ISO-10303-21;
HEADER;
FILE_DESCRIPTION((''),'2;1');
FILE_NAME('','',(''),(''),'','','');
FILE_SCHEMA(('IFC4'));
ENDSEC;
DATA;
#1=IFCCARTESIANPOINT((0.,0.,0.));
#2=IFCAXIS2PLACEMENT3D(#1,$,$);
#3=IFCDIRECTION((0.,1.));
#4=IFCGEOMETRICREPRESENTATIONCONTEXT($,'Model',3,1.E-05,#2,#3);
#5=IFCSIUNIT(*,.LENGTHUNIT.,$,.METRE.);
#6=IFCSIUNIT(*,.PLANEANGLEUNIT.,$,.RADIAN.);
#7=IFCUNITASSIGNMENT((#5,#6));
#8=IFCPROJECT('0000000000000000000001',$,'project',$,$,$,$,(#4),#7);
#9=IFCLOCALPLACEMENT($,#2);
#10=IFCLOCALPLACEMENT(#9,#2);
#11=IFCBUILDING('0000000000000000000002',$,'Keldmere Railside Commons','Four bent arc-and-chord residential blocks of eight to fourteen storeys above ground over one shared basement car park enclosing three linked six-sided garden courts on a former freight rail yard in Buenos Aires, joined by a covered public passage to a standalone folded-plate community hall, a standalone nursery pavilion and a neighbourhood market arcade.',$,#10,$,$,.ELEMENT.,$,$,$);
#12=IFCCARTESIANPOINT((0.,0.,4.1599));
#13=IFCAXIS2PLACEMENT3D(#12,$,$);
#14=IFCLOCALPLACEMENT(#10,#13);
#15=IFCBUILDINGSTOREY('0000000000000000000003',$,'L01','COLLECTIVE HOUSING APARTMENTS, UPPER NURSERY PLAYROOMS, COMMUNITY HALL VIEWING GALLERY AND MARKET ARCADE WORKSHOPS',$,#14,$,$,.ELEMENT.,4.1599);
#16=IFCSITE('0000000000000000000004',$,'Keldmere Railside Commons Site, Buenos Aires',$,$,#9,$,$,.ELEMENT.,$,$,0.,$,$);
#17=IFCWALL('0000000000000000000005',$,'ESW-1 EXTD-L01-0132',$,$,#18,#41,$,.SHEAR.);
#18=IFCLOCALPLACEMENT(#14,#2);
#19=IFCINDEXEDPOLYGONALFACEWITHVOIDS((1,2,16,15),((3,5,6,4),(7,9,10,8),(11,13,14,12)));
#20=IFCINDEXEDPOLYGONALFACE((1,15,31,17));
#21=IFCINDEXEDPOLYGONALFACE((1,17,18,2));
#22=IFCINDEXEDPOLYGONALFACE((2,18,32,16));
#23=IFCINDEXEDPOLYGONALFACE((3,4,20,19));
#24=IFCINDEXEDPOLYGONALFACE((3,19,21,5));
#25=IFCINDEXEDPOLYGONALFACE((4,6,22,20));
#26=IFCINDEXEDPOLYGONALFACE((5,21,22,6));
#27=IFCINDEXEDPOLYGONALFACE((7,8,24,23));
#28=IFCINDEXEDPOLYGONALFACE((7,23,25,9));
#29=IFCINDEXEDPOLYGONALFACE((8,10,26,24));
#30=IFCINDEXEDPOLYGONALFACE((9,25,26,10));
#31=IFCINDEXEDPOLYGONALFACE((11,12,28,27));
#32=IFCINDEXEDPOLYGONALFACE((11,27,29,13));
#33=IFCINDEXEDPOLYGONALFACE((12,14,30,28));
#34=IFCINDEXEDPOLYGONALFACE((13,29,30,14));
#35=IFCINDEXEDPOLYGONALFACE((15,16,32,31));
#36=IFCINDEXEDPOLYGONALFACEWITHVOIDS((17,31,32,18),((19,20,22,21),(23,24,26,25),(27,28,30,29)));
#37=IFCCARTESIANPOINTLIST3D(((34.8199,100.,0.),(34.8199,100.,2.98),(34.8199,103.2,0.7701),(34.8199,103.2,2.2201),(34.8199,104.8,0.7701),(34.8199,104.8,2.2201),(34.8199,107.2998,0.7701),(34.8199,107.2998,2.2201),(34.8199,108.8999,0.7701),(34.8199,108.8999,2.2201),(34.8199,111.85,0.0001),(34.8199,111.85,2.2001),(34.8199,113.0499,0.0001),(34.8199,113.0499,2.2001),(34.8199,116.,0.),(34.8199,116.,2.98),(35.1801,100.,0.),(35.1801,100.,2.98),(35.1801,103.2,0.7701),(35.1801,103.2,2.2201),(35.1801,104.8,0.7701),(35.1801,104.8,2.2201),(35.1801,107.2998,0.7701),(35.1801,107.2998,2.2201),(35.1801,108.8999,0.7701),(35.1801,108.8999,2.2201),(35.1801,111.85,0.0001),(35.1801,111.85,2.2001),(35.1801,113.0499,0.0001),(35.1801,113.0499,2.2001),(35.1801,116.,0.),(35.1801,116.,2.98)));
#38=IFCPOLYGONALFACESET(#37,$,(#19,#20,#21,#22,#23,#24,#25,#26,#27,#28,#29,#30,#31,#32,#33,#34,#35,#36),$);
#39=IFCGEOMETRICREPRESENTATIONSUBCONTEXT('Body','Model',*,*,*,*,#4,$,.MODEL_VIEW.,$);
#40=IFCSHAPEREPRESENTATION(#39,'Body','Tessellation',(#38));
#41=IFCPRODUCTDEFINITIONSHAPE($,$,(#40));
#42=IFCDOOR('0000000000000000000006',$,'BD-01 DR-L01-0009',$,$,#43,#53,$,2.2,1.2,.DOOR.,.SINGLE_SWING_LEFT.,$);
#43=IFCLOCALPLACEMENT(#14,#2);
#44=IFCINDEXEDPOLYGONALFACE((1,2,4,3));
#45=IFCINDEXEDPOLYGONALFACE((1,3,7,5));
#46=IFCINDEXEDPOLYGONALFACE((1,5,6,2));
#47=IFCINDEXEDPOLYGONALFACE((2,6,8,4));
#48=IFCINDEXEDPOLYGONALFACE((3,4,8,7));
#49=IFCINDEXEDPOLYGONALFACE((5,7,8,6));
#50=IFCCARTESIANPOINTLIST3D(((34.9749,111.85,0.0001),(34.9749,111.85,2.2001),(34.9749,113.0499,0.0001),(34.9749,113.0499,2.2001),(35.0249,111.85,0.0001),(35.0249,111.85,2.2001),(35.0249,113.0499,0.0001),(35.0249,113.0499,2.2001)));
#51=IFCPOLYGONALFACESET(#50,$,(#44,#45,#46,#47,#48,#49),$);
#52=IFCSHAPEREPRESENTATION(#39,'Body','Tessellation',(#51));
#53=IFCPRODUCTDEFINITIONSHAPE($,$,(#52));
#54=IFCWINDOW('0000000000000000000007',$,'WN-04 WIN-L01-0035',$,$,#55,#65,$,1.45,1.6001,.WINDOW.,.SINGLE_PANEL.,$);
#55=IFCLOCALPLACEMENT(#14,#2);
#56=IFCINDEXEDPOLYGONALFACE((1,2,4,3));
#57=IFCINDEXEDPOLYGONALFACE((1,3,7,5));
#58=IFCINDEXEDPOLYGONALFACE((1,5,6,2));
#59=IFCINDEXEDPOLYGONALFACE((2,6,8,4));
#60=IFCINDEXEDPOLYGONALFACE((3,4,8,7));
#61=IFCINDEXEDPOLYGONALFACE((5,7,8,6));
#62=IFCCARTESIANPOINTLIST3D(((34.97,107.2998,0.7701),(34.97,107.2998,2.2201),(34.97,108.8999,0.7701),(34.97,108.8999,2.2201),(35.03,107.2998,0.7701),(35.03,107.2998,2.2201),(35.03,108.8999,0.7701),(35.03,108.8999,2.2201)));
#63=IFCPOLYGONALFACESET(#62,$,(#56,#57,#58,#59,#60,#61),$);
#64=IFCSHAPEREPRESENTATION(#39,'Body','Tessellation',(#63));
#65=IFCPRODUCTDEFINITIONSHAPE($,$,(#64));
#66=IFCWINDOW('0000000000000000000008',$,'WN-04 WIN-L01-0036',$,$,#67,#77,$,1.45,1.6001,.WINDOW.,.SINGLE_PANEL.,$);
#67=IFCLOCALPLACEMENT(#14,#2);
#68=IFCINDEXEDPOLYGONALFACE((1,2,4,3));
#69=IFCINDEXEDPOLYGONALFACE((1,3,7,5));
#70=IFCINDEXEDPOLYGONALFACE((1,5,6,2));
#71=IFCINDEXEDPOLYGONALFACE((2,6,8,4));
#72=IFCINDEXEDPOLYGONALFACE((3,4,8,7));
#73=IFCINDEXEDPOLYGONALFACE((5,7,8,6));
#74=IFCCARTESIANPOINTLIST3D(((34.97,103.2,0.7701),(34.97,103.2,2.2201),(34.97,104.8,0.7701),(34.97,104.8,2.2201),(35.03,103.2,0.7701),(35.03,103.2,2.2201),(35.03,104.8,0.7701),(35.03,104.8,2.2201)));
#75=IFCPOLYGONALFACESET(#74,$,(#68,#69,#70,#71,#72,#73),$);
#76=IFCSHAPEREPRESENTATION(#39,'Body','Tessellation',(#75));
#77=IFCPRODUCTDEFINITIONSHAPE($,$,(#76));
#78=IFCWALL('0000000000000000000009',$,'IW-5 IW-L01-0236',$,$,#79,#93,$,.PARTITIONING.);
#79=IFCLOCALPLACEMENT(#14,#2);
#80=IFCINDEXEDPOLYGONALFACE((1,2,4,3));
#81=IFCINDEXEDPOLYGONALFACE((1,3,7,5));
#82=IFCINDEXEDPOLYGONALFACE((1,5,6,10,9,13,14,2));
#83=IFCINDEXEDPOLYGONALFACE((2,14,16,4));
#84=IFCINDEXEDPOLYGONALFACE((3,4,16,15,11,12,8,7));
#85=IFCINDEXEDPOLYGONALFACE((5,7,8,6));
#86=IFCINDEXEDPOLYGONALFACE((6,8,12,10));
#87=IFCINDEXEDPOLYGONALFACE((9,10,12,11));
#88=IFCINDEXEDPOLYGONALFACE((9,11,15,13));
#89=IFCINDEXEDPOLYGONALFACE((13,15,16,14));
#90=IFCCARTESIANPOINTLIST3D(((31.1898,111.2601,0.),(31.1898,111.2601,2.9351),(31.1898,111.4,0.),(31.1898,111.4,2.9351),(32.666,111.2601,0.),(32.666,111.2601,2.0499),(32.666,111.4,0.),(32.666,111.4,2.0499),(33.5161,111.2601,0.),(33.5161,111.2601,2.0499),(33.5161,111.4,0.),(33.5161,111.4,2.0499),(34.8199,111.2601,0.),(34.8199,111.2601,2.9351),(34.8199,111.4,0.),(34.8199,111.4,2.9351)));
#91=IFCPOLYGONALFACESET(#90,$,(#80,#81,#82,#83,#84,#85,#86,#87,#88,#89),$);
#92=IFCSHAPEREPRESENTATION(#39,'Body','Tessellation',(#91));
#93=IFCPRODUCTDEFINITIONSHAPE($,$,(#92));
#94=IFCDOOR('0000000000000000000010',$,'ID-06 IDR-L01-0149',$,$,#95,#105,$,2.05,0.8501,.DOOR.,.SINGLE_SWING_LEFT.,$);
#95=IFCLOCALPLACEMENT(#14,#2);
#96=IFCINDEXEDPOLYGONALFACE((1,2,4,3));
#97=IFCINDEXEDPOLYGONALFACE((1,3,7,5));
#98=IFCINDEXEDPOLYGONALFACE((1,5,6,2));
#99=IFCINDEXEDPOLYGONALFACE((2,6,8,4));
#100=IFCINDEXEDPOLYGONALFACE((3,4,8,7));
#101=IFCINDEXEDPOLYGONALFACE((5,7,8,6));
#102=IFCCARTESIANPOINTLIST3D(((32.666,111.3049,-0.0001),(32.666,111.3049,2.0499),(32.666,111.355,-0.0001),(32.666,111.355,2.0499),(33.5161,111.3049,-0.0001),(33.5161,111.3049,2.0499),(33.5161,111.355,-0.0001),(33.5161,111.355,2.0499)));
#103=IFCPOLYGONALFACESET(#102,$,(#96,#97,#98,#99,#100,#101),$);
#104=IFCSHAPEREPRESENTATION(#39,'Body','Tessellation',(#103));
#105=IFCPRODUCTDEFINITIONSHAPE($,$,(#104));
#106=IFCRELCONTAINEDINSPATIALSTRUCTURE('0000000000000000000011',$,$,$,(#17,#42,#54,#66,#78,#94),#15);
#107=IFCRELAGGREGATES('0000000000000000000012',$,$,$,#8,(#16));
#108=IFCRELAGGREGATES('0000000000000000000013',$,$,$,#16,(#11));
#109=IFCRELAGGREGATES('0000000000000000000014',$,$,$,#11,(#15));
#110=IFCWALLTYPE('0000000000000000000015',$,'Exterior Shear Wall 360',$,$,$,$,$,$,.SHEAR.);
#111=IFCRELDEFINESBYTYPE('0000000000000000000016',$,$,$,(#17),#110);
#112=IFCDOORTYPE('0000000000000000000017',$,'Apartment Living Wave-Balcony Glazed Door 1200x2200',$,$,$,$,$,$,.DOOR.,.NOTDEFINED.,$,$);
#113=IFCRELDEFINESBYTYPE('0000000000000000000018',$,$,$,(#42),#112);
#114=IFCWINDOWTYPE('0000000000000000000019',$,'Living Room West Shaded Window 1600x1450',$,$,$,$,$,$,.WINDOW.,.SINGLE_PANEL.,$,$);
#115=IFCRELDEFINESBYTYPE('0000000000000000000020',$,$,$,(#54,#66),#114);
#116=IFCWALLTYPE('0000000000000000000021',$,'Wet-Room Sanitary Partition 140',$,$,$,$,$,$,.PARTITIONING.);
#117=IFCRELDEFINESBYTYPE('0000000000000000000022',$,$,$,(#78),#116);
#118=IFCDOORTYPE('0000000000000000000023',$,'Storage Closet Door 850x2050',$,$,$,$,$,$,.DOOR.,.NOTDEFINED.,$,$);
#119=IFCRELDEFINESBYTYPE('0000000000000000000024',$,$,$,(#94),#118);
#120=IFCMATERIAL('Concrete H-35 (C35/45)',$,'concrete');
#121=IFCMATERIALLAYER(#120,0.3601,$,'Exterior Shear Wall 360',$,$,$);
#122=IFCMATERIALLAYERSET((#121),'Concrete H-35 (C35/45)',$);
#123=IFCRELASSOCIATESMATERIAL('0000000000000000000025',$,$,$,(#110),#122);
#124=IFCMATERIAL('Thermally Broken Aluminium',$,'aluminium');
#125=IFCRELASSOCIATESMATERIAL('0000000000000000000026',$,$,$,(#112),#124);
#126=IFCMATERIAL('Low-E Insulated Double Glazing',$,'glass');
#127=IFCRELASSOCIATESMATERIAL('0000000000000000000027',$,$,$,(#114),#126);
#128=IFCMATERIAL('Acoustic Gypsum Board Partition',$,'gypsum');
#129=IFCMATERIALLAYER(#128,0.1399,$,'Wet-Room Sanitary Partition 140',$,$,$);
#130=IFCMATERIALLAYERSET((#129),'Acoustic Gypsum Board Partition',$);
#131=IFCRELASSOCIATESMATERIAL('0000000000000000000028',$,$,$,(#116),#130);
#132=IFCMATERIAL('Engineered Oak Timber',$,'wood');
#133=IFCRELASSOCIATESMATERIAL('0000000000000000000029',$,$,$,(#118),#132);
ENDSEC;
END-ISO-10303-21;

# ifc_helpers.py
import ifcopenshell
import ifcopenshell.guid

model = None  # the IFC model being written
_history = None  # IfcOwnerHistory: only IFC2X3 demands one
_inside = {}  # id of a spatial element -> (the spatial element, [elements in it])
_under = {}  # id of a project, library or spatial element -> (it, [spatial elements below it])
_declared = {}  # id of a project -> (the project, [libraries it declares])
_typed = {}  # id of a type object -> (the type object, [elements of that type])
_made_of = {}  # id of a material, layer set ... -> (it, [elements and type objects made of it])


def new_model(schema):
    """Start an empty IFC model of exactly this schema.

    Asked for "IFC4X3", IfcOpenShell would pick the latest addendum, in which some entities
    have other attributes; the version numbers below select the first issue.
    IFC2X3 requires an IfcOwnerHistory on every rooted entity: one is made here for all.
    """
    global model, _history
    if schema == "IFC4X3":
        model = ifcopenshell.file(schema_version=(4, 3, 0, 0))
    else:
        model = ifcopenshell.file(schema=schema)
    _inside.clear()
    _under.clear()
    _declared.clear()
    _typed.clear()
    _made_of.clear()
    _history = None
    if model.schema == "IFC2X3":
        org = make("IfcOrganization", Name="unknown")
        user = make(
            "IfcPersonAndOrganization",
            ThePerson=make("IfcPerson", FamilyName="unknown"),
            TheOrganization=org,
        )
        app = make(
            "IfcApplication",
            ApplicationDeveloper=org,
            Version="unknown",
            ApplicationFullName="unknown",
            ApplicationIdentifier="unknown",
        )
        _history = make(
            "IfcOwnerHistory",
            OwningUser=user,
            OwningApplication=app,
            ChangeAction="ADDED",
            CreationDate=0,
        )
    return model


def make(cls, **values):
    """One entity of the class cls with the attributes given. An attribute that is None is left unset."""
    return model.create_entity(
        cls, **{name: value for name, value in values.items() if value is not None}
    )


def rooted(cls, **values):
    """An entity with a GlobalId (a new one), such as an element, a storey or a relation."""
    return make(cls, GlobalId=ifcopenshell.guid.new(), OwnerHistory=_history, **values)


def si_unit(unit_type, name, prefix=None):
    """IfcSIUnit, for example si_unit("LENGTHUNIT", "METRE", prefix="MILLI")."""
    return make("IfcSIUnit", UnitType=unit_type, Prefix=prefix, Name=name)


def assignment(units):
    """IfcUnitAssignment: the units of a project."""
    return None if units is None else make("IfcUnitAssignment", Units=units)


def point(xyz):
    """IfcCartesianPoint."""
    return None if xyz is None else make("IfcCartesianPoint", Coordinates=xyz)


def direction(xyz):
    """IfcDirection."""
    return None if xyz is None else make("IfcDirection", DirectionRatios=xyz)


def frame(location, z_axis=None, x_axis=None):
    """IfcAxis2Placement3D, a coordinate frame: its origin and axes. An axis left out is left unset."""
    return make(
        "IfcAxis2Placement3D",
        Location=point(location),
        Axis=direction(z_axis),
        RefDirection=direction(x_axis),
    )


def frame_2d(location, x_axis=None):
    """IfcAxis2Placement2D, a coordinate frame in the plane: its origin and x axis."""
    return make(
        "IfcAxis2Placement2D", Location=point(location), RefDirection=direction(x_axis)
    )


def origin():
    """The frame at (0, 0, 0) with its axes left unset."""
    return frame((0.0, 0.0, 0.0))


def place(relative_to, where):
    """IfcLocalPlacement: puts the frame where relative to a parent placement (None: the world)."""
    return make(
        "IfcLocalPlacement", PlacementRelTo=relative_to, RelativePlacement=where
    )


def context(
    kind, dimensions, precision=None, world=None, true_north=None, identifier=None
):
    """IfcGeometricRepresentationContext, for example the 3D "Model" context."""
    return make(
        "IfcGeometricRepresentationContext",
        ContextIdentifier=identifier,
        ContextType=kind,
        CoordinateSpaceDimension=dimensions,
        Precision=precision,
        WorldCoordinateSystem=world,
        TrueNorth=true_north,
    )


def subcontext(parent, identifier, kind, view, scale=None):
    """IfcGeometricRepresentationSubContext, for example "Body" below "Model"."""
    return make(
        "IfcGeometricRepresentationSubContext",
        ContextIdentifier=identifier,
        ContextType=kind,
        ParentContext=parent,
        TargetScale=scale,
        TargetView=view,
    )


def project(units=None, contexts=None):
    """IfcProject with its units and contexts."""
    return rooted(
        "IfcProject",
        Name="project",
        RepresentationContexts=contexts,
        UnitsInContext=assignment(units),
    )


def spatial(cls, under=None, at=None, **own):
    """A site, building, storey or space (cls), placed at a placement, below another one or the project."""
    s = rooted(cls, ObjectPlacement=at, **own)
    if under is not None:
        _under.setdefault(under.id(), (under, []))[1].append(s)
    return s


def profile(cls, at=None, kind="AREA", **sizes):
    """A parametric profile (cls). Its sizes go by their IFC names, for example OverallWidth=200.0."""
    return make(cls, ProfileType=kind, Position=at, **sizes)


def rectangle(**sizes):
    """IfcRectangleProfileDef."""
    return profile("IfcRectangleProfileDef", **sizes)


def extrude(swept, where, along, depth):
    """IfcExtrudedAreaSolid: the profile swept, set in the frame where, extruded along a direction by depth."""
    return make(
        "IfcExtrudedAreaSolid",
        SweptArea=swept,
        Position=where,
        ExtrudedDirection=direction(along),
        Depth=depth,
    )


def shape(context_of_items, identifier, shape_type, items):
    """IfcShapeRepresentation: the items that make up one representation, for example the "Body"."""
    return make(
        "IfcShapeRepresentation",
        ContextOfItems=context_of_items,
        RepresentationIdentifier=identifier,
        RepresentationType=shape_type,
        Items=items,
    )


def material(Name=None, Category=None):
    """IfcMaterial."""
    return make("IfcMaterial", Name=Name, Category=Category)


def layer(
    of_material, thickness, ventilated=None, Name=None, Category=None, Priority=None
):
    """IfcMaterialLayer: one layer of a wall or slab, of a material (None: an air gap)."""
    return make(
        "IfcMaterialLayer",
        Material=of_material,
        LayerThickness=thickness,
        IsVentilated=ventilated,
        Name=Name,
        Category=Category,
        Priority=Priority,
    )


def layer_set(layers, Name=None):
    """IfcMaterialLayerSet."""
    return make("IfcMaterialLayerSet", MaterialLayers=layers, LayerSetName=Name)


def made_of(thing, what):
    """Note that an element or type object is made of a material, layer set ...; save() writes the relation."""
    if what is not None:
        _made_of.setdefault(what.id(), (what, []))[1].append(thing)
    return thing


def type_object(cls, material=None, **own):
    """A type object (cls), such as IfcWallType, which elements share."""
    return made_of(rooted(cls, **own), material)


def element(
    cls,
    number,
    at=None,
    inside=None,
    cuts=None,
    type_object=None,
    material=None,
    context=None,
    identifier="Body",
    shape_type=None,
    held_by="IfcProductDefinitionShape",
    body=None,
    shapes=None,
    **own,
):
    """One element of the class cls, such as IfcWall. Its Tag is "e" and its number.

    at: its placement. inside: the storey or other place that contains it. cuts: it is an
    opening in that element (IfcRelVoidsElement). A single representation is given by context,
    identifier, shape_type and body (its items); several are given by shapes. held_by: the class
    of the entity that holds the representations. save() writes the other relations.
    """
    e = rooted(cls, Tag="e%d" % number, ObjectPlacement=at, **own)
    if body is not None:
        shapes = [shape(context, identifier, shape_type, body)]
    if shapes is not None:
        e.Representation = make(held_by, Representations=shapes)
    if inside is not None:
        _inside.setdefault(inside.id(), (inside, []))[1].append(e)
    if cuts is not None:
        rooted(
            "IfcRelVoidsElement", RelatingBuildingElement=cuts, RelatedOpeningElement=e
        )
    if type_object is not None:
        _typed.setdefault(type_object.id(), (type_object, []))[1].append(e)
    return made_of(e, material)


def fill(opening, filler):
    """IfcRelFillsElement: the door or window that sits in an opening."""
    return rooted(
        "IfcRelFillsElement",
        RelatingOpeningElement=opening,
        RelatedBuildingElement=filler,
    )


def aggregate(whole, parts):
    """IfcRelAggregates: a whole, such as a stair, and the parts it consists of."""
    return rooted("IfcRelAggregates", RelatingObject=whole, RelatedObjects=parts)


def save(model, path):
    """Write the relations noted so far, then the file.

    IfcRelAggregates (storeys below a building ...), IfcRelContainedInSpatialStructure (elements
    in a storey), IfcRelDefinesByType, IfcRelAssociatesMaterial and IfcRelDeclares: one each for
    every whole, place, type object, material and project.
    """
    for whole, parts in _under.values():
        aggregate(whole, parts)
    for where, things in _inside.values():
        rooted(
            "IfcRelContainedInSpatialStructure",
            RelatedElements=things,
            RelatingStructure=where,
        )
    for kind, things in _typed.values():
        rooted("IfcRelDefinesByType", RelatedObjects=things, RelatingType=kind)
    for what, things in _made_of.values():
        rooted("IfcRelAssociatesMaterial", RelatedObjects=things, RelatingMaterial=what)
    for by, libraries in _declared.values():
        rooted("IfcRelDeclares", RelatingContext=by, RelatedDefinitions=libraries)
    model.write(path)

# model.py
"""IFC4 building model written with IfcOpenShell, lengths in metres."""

from ifc_helpers import new_model, si_unit, direction, frame, frame_2d, origin, place, context, subcontext, project, spatial, rectangle, extrude, material, layer, layer_set, type_object, element, fill, save


model = new_model("IFC4")

# Units and contexts
model_context = context("Model", 3, precision=1e-05, world=origin(), true_north=direction((0.0, 1.0)))
body_context = subcontext(model_context, "Body", "Model", "MODEL_VIEW")
ifc_project = project(units=[si_unit("LENGTHUNIT", "METRE"), si_unit("PLANEANGLEUNIT", "RADIAN")], contexts=[model_context])

# Site, building, storey
site_placement = place(None, origin())
site = spatial("IfcSite", under=ifc_project, at=site_placement, Name="Keldmere Railside Commons Site, Buenos Aires", CompositionType="ELEMENT", RefElevation=0.0)
building_placement = place(site_placement, origin())
building = spatial("IfcBuilding", under=site, at=building_placement, Name="Keldmere Railside Commons", Description="Four bent arc-and-chord residential blocks of eight to fourteen storeys above ground over one shared basement car park enclosing three linked six-sided garden courts on a former freight rail yard in Buenos Aires, joined by a covered public passage to a standalone folded-plate community hall, a standalone nursery pavilion and a neighbourhood market arcade.", CompositionType="ELEMENT")
storey_placement = place(building_placement, frame((0.0, 0.0, 4.1599)))
storey = spatial("IfcBuildingStorey", under=building, at=storey_placement, Name="L01", Description="COLLECTIVE HOUSING APARTMENTS, UPPER NURSERY PLAYROOMS, COMMUNITY HALL VIEWING GALLERY AND MARKET ARCADE WORKSHOPS", CompositionType="ELEMENT", Elevation=4.1599)

# Shared definitions
ifc_material_1 = material(Name="Acoustic Gypsum Board Partition", Category="gypsum")
ifc_material_2 = material(Name="Engineered Oak Timber", Category="wood")

# Wall, openings, door, windows
ifc_material_3 = material(Name="Concrete H-35 (C35/45)", Category="concrete")
ifc_layer_1 = layer(ifc_material_3, 0.3601, Name="Exterior Shear Wall 360")
ifc_layer_set_1 = layer_set([ifc_layer_1], Name="Concrete H-35 (C35/45)")
wall_type_1 = type_object("IfcWallType", Name="Exterior Shear Wall 360", PredefinedType="SHEAR", material=ifc_layer_set_1)
wall_1_placement = place(storey_placement, frame((35.0, 116.0, 0.0), z_axis=(0.0, 0.0, 1.0), x_axis=(0.0, -1.0, 0.0)))
wall_1 = element("IfcWall", 1, at=wall_1_placement, inside=storey, type_object=wall_type_1, Name="ESW-1 EXTD-L01-0132", PredefinedType="SHEAR", context=body_context, shape_type="SweptSolid", body=[
    extrude(rectangle(XDim=16.0, YDim=0.3601, at=frame_2d((8.0, 0.0))), origin(), (0.0, 0.0, 1.0), 2.98),
])
opening_1_placement = place(wall_1_placement, frame((2.95, 0.0, 0.0)))
opening_1 = element("IfcOpeningElement", 2, at=opening_1_placement, cuts=wall_1, PredefinedType="OPENING", context=body_context, shape_type="SweptSolid", body=[
    extrude(rectangle(XDim=1.2, YDim=2.2, at=frame_2d((0.6001, 1.1001))), frame((0.0, 0.1899, 0.0), z_axis=(0.0, -1.0, 0.0), x_axis=(1.0, 0.0, 0.0)), (0.0, 0.0, 1.0), 0.3801),
])
opening_2_placement = place(wall_1_placement, frame((7.1001, 0.0, 0.77)))
opening_2 = element("IfcOpeningElement", 3, at=opening_2_placement, cuts=wall_1, PredefinedType="OPENING", context=body_context, shape_type="SweptSolid", body=[
    extrude(rectangle(XDim=1.6001, YDim=1.45, at=frame_2d((0.8, 0.7251))), frame((0.0, 0.1899, 0.0), z_axis=(0.0, -1.0, 0.0), x_axis=(1.0, 0.0, 0.0)), (0.0, 0.0, 1.0), 0.3801),
])
opening_3_placement = place(wall_1_placement, frame((11.2, 0.0, 0.77)))
opening_3 = element("IfcOpeningElement", 4, at=opening_3_placement, cuts=wall_1, PredefinedType="OPENING", context=body_context, shape_type="SweptSolid", body=[
    extrude(rectangle(XDim=1.6001, YDim=1.45, at=frame_2d((0.8, 0.7251))), frame((0.0, 0.1899, 0.0), z_axis=(0.0, -1.0, 0.0), x_axis=(1.0, 0.0, 0.0)), (0.0, 0.0, 1.0), 0.3801),
])
ifc_material_4 = material(Name="Thermally Broken Aluminium", Category="aluminium")
door_type_1 = type_object("IfcDoorType", Name="Apartment Living Wave-Balcony Glazed Door 1200x2200", OperationType="NOTDEFINED", PredefinedType="DOOR", material=ifc_material_4)
door_1_placement = place(opening_1_placement, origin())
door_1 = element("IfcDoor", 5, at=door_1_placement, inside=storey, type_object=door_type_1, Name="BD-01 DR-L01-0009", OperationType="SINGLE_SWING_LEFT", OverallHeight=2.2, OverallWidth=1.2, PredefinedType="DOOR", context=body_context, shape_type="SweptSolid", body=[
    extrude(rectangle(XDim=1.2, YDim=2.2, at=frame_2d((0.6001, 1.1001))), frame((0.0, 0.0249, 0.0), z_axis=(0.0, -1.0, 0.0), x_axis=(1.0, 0.0, 0.0)), (0.0, 0.0, 1.0), 0.05),
])
fill(opening_1, door_1)
ifc_material_5 = material(Name="Low-E Insulated Double Glazing", Category="glass")
window_type = type_object("IfcWindowType", Name="Living Room West Shaded Window 1600x1450", PartitioningType="SINGLE_PANEL", PredefinedType="WINDOW", material=ifc_material_5)
window_1_placement = place(opening_2_placement, origin())
window_1 = element("IfcWindow", 6, at=window_1_placement, inside=storey, type_object=window_type, Name="WN-04 WIN-L01-0035", OverallHeight=1.45, OverallWidth=1.6001, PartitioningType="SINGLE_PANEL", PredefinedType="WINDOW", context=body_context, shape_type="SweptSolid", body=[
    extrude(rectangle(XDim=1.6001, YDim=1.45, at=frame_2d((0.8, 0.7251))), frame((0.0, 0.03, 0.0), z_axis=(0.0, -1.0, 0.0), x_axis=(1.0, 0.0, 0.0)), (0.0, 0.0, 1.0), 0.0601),
])
fill(opening_2, window_1)
window_2_placement = place(opening_3_placement, origin())
window_2 = element("IfcWindow", 7, at=window_2_placement, inside=storey, type_object=window_type, Name="WN-04 WIN-L01-0036", OverallHeight=1.45, OverallWidth=1.6001, PartitioningType="SINGLE_PANEL", PredefinedType="WINDOW", context=body_context, shape_type="SweptSolid", body=[
    extrude(rectangle(XDim=1.6001, YDim=1.45, at=frame_2d((0.8, 0.7251))), frame((0.0, 0.03, 0.0), z_axis=(0.0, -1.0, 0.0), x_axis=(1.0, 0.0, 0.0)), (0.0, 0.0, 1.0), 0.0601),
])
fill(opening_3, window_2)

# Wall, opening, door
ifc_layer_2 = layer(ifc_material_1, 0.1399, Name="Wet-Room Sanitary Partition 140")
ifc_layer_set_2 = layer_set([ifc_layer_2], Name="Acoustic Gypsum Board Partition")
wall_type_2 = type_object("IfcWallType", Name="Wet-Room Sanitary Partition 140", PredefinedType="PARTITIONING", material=ifc_layer_set_2)
wall_2_placement = place(storey_placement, frame((31.1899, 111.3301, 0.0), z_axis=(0.0, 0.0, 1.0), x_axis=(1.0, 0.0, 0.0)))
wall_2 = element("IfcWall", 8, at=wall_2_placement, inside=storey, type_object=wall_type_2, Name="IW-5 IW-L01-0236", PredefinedType="PARTITIONING", context=body_context, shape_type="SweptSolid", body=[
    extrude(rectangle(XDim=3.6301, YDim=0.1399, at=frame_2d((1.8149, 0.0))), origin(), (0.0, 0.0, 1.0), 2.9351),
])
opening_4_placement = place(wall_2_placement, frame((1.4761, 0.0, 0.0)))
opening_4 = element("IfcOpeningElement", 9, at=opening_4_placement, cuts=wall_2, PredefinedType="OPENING", context=body_context, shape_type="SweptSolid", body=[
    extrude(rectangle(XDim=0.8501, YDim=2.05, at=frame_2d((0.425, 1.0249))), frame((0.0, 0.0798, 0.0), z_axis=(0.0, -1.0, 0.0), x_axis=(1.0, 0.0, 0.0)), (0.0, 0.0, 1.0), 0.1599),
])
door_type_2 = type_object("IfcDoorType", Name="Storage Closet Door 850x2050", OperationType="NOTDEFINED", PredefinedType="DOOR", material=ifc_material_2)
door_2_placement = place(opening_4_placement, origin())
door_2 = element("IfcDoor", 10, at=door_2_placement, inside=storey, type_object=door_type_2, Name="ID-06 IDR-L01-0149", OperationType="SINGLE_SWING_LEFT", OverallHeight=2.05, OverallWidth=0.8501, PredefinedType="DOOR", context=body_context, shape_type="SweptSolid", body=[
    extrude(rectangle(XDim=0.8501, YDim=2.05, at=frame_2d((0.425, 1.0249))), frame((0.0, 0.0249, 0.0), z_axis=(0.0, -1.0, 0.0), x_axis=(1.0, 0.0, 0.0)), (0.0, 0.0, 1.0), 0.05),
])
fill(opening_4, door_2)

save(model, "model.ifc")
